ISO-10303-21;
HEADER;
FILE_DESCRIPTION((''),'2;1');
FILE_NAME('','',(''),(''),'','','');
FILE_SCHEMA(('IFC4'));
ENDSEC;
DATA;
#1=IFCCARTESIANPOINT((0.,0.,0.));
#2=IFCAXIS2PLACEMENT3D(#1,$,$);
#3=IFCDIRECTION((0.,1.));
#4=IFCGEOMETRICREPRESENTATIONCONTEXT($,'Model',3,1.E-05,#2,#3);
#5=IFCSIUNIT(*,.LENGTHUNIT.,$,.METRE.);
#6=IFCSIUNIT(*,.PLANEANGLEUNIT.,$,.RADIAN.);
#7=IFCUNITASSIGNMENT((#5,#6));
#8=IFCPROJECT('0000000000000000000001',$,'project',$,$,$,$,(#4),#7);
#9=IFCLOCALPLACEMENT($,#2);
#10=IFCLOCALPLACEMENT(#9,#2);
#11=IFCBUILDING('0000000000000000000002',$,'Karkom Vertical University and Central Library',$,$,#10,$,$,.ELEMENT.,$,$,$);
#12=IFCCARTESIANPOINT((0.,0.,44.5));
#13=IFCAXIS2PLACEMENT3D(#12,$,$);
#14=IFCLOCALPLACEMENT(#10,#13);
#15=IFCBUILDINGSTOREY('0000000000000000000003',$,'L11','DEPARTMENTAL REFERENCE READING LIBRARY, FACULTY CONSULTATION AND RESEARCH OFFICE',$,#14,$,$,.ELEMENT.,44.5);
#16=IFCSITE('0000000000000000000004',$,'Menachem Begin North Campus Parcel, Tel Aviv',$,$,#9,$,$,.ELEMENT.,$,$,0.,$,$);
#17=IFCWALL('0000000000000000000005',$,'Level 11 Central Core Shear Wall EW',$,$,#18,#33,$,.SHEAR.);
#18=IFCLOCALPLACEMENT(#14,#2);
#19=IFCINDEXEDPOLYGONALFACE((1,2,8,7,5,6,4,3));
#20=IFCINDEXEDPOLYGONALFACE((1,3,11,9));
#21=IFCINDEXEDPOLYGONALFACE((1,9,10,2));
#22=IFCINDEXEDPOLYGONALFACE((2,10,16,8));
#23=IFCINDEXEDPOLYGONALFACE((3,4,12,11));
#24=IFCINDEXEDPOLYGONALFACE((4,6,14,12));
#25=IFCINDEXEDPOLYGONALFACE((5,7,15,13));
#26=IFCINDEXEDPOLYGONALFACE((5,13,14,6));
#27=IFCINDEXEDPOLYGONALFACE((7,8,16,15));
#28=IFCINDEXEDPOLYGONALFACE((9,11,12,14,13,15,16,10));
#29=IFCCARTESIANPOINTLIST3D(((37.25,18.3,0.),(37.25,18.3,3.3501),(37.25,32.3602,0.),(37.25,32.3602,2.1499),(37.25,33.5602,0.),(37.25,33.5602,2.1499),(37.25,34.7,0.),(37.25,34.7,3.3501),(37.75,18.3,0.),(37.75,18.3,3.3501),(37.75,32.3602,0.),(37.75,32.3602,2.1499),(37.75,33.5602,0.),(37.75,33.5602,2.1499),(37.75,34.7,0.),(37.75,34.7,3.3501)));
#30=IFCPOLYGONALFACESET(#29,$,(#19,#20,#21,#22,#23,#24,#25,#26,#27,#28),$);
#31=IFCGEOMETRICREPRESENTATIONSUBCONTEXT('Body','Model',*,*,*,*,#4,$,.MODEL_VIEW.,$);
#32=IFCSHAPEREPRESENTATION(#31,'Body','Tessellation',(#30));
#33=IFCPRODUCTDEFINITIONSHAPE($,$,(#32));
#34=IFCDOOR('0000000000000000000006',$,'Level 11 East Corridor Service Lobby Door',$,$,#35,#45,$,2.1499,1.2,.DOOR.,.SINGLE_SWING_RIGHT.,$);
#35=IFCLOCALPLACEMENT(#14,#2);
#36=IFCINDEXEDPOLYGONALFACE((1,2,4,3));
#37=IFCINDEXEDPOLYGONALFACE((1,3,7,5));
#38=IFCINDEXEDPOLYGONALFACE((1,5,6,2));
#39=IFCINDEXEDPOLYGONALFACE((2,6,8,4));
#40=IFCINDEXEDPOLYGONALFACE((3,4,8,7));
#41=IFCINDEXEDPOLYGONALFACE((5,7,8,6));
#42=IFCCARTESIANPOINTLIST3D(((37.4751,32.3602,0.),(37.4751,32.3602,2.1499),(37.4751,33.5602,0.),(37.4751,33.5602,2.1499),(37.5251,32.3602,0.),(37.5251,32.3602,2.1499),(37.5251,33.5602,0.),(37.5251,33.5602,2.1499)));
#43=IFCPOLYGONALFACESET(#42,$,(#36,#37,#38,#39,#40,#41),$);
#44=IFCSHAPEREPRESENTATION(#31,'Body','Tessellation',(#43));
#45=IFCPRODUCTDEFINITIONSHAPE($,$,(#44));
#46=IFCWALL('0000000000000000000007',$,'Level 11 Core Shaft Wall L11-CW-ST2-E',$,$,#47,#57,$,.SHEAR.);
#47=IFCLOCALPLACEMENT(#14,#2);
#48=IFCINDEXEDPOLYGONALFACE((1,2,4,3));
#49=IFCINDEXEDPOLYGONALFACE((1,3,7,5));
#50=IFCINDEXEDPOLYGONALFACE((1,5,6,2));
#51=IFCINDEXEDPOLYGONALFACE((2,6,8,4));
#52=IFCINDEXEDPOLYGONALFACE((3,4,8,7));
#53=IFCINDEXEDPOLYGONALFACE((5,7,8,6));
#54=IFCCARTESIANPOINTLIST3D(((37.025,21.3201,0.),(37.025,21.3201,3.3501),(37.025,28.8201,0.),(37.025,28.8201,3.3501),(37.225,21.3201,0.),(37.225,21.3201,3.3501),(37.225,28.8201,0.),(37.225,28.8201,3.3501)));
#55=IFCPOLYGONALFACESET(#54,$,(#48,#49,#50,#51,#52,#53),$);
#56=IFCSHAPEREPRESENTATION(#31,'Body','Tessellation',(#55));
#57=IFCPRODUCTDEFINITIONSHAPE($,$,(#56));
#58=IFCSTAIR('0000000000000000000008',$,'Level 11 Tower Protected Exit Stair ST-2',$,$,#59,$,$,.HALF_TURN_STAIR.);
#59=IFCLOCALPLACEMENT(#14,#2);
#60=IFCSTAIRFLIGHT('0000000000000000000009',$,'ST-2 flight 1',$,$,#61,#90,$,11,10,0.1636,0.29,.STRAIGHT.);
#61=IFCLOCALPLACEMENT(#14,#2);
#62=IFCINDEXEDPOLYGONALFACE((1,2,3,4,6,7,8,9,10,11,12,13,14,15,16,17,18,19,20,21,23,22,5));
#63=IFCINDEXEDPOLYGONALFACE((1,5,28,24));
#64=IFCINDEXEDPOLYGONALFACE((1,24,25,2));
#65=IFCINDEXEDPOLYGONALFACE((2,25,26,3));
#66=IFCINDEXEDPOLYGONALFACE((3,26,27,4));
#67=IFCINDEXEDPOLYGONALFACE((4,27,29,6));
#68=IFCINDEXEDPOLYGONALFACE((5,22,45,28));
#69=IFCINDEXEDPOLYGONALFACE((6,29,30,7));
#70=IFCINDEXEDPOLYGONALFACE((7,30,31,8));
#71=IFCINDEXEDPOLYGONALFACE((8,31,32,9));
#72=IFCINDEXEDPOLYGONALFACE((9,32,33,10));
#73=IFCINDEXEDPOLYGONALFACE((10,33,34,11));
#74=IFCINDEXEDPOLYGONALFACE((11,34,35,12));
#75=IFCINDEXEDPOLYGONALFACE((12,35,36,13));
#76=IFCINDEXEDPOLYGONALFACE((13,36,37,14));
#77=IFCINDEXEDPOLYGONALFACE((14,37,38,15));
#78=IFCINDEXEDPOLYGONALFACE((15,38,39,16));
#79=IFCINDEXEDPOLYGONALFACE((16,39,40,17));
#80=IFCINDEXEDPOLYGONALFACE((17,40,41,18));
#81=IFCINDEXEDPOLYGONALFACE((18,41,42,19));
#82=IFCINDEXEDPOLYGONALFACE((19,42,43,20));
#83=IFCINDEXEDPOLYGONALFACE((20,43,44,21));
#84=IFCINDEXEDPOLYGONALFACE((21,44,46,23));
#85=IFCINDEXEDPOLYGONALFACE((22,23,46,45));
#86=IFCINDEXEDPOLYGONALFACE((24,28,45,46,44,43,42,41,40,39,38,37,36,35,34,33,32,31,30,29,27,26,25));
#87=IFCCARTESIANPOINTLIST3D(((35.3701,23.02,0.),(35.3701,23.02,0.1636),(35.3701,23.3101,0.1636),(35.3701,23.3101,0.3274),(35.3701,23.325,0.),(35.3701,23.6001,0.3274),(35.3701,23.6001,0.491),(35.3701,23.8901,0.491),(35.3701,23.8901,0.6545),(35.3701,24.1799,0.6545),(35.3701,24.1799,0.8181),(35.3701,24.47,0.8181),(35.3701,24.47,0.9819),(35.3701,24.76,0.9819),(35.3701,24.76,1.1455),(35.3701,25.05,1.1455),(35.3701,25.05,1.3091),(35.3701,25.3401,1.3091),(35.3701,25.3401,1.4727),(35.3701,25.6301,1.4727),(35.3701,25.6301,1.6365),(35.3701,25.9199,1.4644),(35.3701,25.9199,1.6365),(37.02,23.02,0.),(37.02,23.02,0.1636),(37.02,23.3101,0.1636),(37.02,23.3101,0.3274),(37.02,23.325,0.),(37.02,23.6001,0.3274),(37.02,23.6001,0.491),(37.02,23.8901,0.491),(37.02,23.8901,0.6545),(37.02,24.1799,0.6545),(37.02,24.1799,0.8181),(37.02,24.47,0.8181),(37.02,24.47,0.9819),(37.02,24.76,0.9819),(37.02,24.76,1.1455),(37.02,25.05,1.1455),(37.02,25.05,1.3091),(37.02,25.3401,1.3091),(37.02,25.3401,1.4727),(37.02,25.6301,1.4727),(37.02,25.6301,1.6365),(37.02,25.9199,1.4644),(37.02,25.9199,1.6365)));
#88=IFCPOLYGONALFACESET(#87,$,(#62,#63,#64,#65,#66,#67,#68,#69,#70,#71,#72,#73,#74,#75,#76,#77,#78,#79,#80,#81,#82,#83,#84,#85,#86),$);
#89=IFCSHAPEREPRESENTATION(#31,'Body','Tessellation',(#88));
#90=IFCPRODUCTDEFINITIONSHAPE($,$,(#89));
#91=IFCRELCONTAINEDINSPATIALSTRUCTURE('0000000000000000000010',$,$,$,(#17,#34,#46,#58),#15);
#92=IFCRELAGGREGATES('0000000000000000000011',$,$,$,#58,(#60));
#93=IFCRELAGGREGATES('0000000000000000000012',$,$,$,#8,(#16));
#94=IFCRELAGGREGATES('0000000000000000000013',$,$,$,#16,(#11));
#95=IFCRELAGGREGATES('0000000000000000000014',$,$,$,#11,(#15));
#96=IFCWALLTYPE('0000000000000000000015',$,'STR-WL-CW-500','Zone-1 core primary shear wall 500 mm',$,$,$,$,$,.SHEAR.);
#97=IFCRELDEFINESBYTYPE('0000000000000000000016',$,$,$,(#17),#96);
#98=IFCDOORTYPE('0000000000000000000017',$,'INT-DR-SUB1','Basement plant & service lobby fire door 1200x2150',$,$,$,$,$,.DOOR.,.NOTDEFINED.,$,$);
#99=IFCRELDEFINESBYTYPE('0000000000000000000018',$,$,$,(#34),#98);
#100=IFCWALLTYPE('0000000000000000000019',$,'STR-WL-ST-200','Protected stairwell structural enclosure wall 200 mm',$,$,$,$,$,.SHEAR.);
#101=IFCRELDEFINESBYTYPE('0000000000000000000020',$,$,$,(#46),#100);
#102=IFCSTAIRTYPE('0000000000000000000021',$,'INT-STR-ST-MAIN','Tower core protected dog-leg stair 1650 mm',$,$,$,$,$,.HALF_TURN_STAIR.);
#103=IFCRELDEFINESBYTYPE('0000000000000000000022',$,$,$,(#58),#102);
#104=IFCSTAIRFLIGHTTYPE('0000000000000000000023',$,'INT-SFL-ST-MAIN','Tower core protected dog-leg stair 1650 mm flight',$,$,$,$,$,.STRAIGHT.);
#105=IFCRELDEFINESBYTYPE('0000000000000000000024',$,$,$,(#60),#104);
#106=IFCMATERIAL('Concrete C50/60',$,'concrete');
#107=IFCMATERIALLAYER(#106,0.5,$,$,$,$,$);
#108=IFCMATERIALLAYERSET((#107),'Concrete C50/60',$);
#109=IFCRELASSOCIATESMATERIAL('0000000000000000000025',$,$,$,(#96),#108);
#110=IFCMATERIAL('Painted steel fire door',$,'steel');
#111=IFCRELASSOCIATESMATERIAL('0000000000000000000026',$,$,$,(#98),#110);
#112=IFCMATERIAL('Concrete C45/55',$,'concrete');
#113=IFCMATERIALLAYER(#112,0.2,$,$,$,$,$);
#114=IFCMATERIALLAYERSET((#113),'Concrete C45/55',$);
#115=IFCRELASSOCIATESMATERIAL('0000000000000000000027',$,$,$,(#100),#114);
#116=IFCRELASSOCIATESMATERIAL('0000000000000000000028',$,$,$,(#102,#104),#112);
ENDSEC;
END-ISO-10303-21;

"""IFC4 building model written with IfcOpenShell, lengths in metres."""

from ifc_helpers import new_model, si_unit, direction, frame, frame_2d, origin, origin_with_axes, place, context, subcontext, project, spatial, polyline, rectangle, outline, extrude, source, transform, mapped, material, layer, layer_set, type_object, element, fill, aggregate, save


model = new_model("IFC4")

# Units and contexts
model_context = context("Model", 3, precision=1e-05, world=origin(), true_north=direction((0.0, 1.0)))
body_context = subcontext(model_context, "Body", "Model", "MODEL_VIEW")
ifc_project = project(units=[si_unit("LENGTHUNIT", "METRE"), si_unit("PLANEANGLEUNIT", "RADIAN")], contexts=[model_context])

# Site, building, storey
site_placement = place(None, origin())
site = spatial("IfcSite", under=ifc_project, at=site_placement, Name="Menachem Begin North Campus Parcel, Tel Aviv", CompositionType="ELEMENT", RefElevation=0.0)
building_placement = place(site_placement, origin())
building = spatial("IfcBuilding", under=site, at=building_placement, Name="Karkom Vertical University and Central Library", CompositionType="ELEMENT")
storey_placement = place(building_placement, frame((0.0, 0.0, 44.5)))
storey = spatial("IfcBuildingStorey", under=building, at=storey_placement, Name="L11", Description="DEPARTMENTAL REFERENCE READING LIBRARY, FACULTY CONSULTATION AND RESEARCH OFFICE", CompositionType="ELEMENT", Elevation=44.5)

# Shared definitions
ifc_material_1 = material(Name="Concrete C50/60", Category="concrete")

# Wall, opening, door
ifc_layer_1 = layer(ifc_material_1, 0.5)
ifc_layer_set_1 = layer_set([ifc_layer_1], Name="Concrete C50/60")
wall_type_1 = type_object("IfcWallType", Name="STR-WL-CW-500", Description="Zone-1 core primary shear wall 500 mm", PredefinedType="SHEAR", material=ifc_layer_set_1)
wall_1_placement = place(storey_placement, frame((37.5, 18.3, 0.0), z_axis=(0.0, 0.0, 1.0), x_axis=(0.0, 1.0, 0.0)))
wall_1 = element("IfcWall", 1, at=wall_1_placement, inside=storey, type_object=wall_type_1, Name="Level 11 Central Core Shear Wall EW", PredefinedType="SHEAR", context=body_context, shape_type="SweptSolid", body=[
    extrude(rectangle(XDim=16.3999, YDim=0.5, at=frame_2d((8.2, 0.0))), origin(), (0.0, 0.0, 1.0), 3.3501),
])
opening_placement = place(wall_1_placement, frame((14.0601, 0.0, 0.0)))
opening = element("IfcOpeningElement", 2, at=opening_placement, cuts=wall_1, PredefinedType="OPENING", context=body_context, shape_type="SweptSolid", body=[
    extrude(rectangle(XDim=1.2, YDim=2.1499, at=frame_2d((0.6001, 1.075))), frame((0.0, 0.26, 0.0), z_axis=(0.0, -1.0, 0.0), x_axis=(1.0, 0.0, 0.0)), (0.0, 0.0, 1.0), 0.52),
])
ifc_material_2 = material(Name="Painted steel fire door", Category="steel")
door_type = type_object("IfcDoorType", Name="INT-DR-SUB1", Description="Basement plant & service lobby fire door 1200x2150", OperationType="NOTDEFINED", PredefinedType="DOOR", material=ifc_material_2)
shared_shape_1 = source(origin_with_axes(), body_context, "Body", "SweptSolid", [
    extrude(rectangle(XDim=1.2, YDim=2.1499, at=frame_2d((0.6001, 1.075))), frame((0.0, 0.0249, 0.0), z_axis=(0.0, -1.0, 0.0), x_axis=(1.0, 0.0, 0.0)), (0.0, 0.0, 1.0), 0.05),
])
door_placement = place(opening_placement, origin())
door = element("IfcDoor", 3, at=door_placement, inside=storey, type_object=door_type, Name="Level 11 East Corridor Service Lobby Door", OperationType="SINGLE_SWING_RIGHT", OverallHeight=2.1499, OverallWidth=1.2, PredefinedType="DOOR", context=body_context, shape_type="MappedRepresentation", body=[
    mapped(shared_shape_1, transform((0.0, 0.0, 0.0), scale=1.0)),
])
fill(opening, door)

# Wall
ifc_material_3 = material(Name="Concrete C45/55", Category="concrete")
ifc_layer_2 = layer(ifc_material_3, 0.2)
ifc_layer_set_2 = layer_set([ifc_layer_2], Name="Concrete C45/55")
wall_type_2 = type_object("IfcWallType", Name="STR-WL-ST-200", Description="Protected stairwell structural enclosure wall 200 mm", PredefinedType="SHEAR", material=ifc_layer_set_2)
wall_2_placement = place(storey_placement, frame((37.125, 21.3201, 0.0), z_axis=(0.0, 0.0, 1.0), x_axis=(0.0, 1.0, 0.0)))
element("IfcWall", 4, at=wall_2_placement, inside=storey, type_object=wall_type_2, Name="Level 11 Core Shaft Wall L11-CW-ST2-E", PredefinedType="SHEAR", context=body_context, shape_type="SweptSolid", body=[
    extrude(rectangle(XDim=7.5, YDim=0.2, at=frame_2d((3.75, 0.0))), origin(), (0.0, 0.0, 1.0), 3.3501),
])

# Stair, stair flight
stair_type = type_object("IfcStairType", Name="INT-STR-ST-MAIN", Description="Tower core protected dog-leg stair 1650 mm", PredefinedType="HALF_TURN_STAIR", material=ifc_material_3)
stair_placement = place(storey_placement, origin())
stair = element("IfcStair", 5, at=stair_placement, inside=storey, type_object=stair_type, Name="Level 11 Tower Protected Exit Stair ST-2", PredefinedType="HALF_TURN_STAIR")
stair_flight_type = type_object("IfcStairFlightType", Name="INT-SFL-ST-MAIN", Description="Tower core protected dog-leg stair 1650 mm flight", PredefinedType="STRAIGHT", material=ifc_material_3)
stair_flight_placement = place(storey_placement, frame((36.1951, 23.02, 0.0), z_axis=(0.0, 0.0, 1.0), x_axis=(0.0, 1.0, 0.0)))
stair_flight = element("IfcStairFlight", 6, at=stair_flight_placement, type_object=stair_flight_type, Name="ST-2 flight 1", NumberOfRisers=11, NumberOfTreads=10, PredefinedType="STRAIGHT", RiserHeight=0.1636, TreadLength=0.29, context=body_context, shape_type="SweptSolid", body=[
    extrude(outline(polyline([(0.0, 0.0), (0.0, 0.1636), (0.29, 0.1636), (0.29, 0.3274), (0.5801, 0.3274), (0.5801, 0.491), (0.8701, 0.491), (0.8701, 0.6545), (1.1599, 0.6545), (1.1599, 0.8181), (1.45, 0.8181), (1.45, 0.9819), (1.74, 0.9819), (1.74, 1.1455), (2.03, 1.1455), (2.03, 1.3091), (2.3201, 1.3091), (2.3201, 1.4727), (2.6101, 1.4727), (2.6101, 1.6365), (2.8999, 1.6365), (2.8999, 1.8), (2.8999, 1.4644), (0.3049, 0.0), (0.0, 0.0)])), frame((0.0, 0.825, 0.0), z_axis=(0.0, -1.0, 0.0), x_axis=(1.0, 0.0, 0.0)), (0.0, 0.0, 1.0), 1.6499),
])
aggregate(stair, [stair_flight])

save(model, "model.ifc")
